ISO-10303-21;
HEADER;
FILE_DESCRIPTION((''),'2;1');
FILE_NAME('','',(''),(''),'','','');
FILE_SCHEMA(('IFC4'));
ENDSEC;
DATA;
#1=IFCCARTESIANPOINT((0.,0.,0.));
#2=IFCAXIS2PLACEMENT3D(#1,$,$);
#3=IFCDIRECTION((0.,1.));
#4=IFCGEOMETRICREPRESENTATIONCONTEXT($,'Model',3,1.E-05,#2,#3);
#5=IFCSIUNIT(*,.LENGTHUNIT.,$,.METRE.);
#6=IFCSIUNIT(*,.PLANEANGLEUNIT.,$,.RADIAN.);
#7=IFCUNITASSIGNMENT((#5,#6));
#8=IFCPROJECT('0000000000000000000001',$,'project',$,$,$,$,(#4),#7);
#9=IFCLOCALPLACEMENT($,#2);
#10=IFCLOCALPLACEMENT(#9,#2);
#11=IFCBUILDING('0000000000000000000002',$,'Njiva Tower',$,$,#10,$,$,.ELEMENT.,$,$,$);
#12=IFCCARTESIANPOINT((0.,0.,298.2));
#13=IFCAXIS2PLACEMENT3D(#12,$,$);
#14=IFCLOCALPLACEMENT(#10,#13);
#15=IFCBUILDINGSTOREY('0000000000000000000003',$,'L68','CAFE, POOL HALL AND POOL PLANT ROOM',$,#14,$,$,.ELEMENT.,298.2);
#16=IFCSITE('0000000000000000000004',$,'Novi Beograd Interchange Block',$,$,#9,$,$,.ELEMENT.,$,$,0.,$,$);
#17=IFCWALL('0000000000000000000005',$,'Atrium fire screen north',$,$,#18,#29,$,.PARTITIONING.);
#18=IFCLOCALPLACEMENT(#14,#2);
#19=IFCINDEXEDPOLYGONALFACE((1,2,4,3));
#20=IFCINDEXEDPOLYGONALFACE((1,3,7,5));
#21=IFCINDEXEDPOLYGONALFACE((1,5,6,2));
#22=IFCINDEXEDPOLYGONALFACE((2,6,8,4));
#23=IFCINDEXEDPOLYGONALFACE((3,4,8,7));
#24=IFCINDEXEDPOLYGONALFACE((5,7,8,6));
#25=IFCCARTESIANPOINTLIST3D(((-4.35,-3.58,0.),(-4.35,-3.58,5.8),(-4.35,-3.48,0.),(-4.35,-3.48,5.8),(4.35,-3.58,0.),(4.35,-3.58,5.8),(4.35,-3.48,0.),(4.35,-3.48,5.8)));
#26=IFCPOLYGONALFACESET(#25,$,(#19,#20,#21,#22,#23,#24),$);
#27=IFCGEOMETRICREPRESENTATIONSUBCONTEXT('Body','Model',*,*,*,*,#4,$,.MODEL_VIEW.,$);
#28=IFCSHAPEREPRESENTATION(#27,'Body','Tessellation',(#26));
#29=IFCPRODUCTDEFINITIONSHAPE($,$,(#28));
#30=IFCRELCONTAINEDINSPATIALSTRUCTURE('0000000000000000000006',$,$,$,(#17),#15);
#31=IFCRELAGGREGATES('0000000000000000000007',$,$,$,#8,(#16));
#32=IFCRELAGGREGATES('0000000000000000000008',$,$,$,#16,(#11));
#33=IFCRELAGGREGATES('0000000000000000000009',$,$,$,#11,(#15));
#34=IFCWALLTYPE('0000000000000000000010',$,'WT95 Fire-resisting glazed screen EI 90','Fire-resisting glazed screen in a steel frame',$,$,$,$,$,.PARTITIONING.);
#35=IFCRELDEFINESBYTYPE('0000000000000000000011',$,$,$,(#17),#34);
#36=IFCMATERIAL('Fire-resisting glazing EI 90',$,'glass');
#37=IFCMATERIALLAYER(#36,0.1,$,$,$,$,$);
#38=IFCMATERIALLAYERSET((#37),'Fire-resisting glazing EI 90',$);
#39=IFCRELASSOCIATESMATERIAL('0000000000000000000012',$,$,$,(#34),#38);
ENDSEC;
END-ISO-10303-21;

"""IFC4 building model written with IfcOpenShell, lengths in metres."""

from ifc_helpers import new_model, si_unit, direction, frame, frame_2d, origin, place, context, subcontext, project, spatial, rectangle, extrude, material, layer, layer_set, type_object, element, save


model = new_model("IFC4")

# Units and contexts
model_context = context("Model", 3, precision=1e-05, world=origin(), true_north=direction((0.0, 1.0)))
body_context = subcontext(model_context, "Body", "Model", "MODEL_VIEW")
ifc_project = project(units=[si_unit("LENGTHUNIT", "METRE"), si_unit("PLANEANGLEUNIT", "RADIAN")], contexts=[model_context])

# Site, building, storey
site_placement = place(None, origin())
site = spatial("IfcSite", under=ifc_project, at=site_placement, Name="Novi Beograd Interchange Block", CompositionType="ELEMENT", RefElevation=0.0)
building_placement = place(site_placement, origin())
building = spatial("IfcBuilding", under=site, at=building_placement, Name="Njiva Tower", CompositionType="ELEMENT")
storey_placement = place(building_placement, frame((0.0, 0.0, 298.2)))
storey = spatial("IfcBuildingStorey", under=building, at=storey_placement, Name="L68", Description="CAFE, POOL HALL AND POOL PLANT ROOM", CompositionType="ELEMENT", Elevation=298.2)

# Wall
ifc_material_1 = material(Name="Fire-resisting glazing EI 90", Category="glass")
ifc_layer_1 = layer(ifc_material_1, 0.1)
ifc_layer_set_1 = layer_set([ifc_layer_1], Name="Fire-resisting glazing EI 90")
wall_type_1 = type_object("IfcWallType", Name="WT95 Fire-resisting glazed screen EI 90", Description="Fire-resisting glazed screen in a steel frame", PredefinedType="PARTITIONING", material=ifc_layer_set_1)
wall_1_placement = place(storey_placement, frame((4.35, -3.53, 0.0), z_axis=(0.0, 0.0, 1.0), x_axis=(-1.0, 0.0, 0.0)))
element("IfcWall", 1, at=wall_1_placement, inside=storey, type_object=wall_type_1, Name="Atrium fire screen north", PredefinedType="PARTITIONING", context=body_context, shape_type="SweptSolid", body=[
    extrude(rectangle(XDim=8.7, YDim=0.1, at=frame_2d((4.35, 0.0))), origin(), (0.0, 0.0, 1.0), 5.8),
])

save(model, "model.ifc")
